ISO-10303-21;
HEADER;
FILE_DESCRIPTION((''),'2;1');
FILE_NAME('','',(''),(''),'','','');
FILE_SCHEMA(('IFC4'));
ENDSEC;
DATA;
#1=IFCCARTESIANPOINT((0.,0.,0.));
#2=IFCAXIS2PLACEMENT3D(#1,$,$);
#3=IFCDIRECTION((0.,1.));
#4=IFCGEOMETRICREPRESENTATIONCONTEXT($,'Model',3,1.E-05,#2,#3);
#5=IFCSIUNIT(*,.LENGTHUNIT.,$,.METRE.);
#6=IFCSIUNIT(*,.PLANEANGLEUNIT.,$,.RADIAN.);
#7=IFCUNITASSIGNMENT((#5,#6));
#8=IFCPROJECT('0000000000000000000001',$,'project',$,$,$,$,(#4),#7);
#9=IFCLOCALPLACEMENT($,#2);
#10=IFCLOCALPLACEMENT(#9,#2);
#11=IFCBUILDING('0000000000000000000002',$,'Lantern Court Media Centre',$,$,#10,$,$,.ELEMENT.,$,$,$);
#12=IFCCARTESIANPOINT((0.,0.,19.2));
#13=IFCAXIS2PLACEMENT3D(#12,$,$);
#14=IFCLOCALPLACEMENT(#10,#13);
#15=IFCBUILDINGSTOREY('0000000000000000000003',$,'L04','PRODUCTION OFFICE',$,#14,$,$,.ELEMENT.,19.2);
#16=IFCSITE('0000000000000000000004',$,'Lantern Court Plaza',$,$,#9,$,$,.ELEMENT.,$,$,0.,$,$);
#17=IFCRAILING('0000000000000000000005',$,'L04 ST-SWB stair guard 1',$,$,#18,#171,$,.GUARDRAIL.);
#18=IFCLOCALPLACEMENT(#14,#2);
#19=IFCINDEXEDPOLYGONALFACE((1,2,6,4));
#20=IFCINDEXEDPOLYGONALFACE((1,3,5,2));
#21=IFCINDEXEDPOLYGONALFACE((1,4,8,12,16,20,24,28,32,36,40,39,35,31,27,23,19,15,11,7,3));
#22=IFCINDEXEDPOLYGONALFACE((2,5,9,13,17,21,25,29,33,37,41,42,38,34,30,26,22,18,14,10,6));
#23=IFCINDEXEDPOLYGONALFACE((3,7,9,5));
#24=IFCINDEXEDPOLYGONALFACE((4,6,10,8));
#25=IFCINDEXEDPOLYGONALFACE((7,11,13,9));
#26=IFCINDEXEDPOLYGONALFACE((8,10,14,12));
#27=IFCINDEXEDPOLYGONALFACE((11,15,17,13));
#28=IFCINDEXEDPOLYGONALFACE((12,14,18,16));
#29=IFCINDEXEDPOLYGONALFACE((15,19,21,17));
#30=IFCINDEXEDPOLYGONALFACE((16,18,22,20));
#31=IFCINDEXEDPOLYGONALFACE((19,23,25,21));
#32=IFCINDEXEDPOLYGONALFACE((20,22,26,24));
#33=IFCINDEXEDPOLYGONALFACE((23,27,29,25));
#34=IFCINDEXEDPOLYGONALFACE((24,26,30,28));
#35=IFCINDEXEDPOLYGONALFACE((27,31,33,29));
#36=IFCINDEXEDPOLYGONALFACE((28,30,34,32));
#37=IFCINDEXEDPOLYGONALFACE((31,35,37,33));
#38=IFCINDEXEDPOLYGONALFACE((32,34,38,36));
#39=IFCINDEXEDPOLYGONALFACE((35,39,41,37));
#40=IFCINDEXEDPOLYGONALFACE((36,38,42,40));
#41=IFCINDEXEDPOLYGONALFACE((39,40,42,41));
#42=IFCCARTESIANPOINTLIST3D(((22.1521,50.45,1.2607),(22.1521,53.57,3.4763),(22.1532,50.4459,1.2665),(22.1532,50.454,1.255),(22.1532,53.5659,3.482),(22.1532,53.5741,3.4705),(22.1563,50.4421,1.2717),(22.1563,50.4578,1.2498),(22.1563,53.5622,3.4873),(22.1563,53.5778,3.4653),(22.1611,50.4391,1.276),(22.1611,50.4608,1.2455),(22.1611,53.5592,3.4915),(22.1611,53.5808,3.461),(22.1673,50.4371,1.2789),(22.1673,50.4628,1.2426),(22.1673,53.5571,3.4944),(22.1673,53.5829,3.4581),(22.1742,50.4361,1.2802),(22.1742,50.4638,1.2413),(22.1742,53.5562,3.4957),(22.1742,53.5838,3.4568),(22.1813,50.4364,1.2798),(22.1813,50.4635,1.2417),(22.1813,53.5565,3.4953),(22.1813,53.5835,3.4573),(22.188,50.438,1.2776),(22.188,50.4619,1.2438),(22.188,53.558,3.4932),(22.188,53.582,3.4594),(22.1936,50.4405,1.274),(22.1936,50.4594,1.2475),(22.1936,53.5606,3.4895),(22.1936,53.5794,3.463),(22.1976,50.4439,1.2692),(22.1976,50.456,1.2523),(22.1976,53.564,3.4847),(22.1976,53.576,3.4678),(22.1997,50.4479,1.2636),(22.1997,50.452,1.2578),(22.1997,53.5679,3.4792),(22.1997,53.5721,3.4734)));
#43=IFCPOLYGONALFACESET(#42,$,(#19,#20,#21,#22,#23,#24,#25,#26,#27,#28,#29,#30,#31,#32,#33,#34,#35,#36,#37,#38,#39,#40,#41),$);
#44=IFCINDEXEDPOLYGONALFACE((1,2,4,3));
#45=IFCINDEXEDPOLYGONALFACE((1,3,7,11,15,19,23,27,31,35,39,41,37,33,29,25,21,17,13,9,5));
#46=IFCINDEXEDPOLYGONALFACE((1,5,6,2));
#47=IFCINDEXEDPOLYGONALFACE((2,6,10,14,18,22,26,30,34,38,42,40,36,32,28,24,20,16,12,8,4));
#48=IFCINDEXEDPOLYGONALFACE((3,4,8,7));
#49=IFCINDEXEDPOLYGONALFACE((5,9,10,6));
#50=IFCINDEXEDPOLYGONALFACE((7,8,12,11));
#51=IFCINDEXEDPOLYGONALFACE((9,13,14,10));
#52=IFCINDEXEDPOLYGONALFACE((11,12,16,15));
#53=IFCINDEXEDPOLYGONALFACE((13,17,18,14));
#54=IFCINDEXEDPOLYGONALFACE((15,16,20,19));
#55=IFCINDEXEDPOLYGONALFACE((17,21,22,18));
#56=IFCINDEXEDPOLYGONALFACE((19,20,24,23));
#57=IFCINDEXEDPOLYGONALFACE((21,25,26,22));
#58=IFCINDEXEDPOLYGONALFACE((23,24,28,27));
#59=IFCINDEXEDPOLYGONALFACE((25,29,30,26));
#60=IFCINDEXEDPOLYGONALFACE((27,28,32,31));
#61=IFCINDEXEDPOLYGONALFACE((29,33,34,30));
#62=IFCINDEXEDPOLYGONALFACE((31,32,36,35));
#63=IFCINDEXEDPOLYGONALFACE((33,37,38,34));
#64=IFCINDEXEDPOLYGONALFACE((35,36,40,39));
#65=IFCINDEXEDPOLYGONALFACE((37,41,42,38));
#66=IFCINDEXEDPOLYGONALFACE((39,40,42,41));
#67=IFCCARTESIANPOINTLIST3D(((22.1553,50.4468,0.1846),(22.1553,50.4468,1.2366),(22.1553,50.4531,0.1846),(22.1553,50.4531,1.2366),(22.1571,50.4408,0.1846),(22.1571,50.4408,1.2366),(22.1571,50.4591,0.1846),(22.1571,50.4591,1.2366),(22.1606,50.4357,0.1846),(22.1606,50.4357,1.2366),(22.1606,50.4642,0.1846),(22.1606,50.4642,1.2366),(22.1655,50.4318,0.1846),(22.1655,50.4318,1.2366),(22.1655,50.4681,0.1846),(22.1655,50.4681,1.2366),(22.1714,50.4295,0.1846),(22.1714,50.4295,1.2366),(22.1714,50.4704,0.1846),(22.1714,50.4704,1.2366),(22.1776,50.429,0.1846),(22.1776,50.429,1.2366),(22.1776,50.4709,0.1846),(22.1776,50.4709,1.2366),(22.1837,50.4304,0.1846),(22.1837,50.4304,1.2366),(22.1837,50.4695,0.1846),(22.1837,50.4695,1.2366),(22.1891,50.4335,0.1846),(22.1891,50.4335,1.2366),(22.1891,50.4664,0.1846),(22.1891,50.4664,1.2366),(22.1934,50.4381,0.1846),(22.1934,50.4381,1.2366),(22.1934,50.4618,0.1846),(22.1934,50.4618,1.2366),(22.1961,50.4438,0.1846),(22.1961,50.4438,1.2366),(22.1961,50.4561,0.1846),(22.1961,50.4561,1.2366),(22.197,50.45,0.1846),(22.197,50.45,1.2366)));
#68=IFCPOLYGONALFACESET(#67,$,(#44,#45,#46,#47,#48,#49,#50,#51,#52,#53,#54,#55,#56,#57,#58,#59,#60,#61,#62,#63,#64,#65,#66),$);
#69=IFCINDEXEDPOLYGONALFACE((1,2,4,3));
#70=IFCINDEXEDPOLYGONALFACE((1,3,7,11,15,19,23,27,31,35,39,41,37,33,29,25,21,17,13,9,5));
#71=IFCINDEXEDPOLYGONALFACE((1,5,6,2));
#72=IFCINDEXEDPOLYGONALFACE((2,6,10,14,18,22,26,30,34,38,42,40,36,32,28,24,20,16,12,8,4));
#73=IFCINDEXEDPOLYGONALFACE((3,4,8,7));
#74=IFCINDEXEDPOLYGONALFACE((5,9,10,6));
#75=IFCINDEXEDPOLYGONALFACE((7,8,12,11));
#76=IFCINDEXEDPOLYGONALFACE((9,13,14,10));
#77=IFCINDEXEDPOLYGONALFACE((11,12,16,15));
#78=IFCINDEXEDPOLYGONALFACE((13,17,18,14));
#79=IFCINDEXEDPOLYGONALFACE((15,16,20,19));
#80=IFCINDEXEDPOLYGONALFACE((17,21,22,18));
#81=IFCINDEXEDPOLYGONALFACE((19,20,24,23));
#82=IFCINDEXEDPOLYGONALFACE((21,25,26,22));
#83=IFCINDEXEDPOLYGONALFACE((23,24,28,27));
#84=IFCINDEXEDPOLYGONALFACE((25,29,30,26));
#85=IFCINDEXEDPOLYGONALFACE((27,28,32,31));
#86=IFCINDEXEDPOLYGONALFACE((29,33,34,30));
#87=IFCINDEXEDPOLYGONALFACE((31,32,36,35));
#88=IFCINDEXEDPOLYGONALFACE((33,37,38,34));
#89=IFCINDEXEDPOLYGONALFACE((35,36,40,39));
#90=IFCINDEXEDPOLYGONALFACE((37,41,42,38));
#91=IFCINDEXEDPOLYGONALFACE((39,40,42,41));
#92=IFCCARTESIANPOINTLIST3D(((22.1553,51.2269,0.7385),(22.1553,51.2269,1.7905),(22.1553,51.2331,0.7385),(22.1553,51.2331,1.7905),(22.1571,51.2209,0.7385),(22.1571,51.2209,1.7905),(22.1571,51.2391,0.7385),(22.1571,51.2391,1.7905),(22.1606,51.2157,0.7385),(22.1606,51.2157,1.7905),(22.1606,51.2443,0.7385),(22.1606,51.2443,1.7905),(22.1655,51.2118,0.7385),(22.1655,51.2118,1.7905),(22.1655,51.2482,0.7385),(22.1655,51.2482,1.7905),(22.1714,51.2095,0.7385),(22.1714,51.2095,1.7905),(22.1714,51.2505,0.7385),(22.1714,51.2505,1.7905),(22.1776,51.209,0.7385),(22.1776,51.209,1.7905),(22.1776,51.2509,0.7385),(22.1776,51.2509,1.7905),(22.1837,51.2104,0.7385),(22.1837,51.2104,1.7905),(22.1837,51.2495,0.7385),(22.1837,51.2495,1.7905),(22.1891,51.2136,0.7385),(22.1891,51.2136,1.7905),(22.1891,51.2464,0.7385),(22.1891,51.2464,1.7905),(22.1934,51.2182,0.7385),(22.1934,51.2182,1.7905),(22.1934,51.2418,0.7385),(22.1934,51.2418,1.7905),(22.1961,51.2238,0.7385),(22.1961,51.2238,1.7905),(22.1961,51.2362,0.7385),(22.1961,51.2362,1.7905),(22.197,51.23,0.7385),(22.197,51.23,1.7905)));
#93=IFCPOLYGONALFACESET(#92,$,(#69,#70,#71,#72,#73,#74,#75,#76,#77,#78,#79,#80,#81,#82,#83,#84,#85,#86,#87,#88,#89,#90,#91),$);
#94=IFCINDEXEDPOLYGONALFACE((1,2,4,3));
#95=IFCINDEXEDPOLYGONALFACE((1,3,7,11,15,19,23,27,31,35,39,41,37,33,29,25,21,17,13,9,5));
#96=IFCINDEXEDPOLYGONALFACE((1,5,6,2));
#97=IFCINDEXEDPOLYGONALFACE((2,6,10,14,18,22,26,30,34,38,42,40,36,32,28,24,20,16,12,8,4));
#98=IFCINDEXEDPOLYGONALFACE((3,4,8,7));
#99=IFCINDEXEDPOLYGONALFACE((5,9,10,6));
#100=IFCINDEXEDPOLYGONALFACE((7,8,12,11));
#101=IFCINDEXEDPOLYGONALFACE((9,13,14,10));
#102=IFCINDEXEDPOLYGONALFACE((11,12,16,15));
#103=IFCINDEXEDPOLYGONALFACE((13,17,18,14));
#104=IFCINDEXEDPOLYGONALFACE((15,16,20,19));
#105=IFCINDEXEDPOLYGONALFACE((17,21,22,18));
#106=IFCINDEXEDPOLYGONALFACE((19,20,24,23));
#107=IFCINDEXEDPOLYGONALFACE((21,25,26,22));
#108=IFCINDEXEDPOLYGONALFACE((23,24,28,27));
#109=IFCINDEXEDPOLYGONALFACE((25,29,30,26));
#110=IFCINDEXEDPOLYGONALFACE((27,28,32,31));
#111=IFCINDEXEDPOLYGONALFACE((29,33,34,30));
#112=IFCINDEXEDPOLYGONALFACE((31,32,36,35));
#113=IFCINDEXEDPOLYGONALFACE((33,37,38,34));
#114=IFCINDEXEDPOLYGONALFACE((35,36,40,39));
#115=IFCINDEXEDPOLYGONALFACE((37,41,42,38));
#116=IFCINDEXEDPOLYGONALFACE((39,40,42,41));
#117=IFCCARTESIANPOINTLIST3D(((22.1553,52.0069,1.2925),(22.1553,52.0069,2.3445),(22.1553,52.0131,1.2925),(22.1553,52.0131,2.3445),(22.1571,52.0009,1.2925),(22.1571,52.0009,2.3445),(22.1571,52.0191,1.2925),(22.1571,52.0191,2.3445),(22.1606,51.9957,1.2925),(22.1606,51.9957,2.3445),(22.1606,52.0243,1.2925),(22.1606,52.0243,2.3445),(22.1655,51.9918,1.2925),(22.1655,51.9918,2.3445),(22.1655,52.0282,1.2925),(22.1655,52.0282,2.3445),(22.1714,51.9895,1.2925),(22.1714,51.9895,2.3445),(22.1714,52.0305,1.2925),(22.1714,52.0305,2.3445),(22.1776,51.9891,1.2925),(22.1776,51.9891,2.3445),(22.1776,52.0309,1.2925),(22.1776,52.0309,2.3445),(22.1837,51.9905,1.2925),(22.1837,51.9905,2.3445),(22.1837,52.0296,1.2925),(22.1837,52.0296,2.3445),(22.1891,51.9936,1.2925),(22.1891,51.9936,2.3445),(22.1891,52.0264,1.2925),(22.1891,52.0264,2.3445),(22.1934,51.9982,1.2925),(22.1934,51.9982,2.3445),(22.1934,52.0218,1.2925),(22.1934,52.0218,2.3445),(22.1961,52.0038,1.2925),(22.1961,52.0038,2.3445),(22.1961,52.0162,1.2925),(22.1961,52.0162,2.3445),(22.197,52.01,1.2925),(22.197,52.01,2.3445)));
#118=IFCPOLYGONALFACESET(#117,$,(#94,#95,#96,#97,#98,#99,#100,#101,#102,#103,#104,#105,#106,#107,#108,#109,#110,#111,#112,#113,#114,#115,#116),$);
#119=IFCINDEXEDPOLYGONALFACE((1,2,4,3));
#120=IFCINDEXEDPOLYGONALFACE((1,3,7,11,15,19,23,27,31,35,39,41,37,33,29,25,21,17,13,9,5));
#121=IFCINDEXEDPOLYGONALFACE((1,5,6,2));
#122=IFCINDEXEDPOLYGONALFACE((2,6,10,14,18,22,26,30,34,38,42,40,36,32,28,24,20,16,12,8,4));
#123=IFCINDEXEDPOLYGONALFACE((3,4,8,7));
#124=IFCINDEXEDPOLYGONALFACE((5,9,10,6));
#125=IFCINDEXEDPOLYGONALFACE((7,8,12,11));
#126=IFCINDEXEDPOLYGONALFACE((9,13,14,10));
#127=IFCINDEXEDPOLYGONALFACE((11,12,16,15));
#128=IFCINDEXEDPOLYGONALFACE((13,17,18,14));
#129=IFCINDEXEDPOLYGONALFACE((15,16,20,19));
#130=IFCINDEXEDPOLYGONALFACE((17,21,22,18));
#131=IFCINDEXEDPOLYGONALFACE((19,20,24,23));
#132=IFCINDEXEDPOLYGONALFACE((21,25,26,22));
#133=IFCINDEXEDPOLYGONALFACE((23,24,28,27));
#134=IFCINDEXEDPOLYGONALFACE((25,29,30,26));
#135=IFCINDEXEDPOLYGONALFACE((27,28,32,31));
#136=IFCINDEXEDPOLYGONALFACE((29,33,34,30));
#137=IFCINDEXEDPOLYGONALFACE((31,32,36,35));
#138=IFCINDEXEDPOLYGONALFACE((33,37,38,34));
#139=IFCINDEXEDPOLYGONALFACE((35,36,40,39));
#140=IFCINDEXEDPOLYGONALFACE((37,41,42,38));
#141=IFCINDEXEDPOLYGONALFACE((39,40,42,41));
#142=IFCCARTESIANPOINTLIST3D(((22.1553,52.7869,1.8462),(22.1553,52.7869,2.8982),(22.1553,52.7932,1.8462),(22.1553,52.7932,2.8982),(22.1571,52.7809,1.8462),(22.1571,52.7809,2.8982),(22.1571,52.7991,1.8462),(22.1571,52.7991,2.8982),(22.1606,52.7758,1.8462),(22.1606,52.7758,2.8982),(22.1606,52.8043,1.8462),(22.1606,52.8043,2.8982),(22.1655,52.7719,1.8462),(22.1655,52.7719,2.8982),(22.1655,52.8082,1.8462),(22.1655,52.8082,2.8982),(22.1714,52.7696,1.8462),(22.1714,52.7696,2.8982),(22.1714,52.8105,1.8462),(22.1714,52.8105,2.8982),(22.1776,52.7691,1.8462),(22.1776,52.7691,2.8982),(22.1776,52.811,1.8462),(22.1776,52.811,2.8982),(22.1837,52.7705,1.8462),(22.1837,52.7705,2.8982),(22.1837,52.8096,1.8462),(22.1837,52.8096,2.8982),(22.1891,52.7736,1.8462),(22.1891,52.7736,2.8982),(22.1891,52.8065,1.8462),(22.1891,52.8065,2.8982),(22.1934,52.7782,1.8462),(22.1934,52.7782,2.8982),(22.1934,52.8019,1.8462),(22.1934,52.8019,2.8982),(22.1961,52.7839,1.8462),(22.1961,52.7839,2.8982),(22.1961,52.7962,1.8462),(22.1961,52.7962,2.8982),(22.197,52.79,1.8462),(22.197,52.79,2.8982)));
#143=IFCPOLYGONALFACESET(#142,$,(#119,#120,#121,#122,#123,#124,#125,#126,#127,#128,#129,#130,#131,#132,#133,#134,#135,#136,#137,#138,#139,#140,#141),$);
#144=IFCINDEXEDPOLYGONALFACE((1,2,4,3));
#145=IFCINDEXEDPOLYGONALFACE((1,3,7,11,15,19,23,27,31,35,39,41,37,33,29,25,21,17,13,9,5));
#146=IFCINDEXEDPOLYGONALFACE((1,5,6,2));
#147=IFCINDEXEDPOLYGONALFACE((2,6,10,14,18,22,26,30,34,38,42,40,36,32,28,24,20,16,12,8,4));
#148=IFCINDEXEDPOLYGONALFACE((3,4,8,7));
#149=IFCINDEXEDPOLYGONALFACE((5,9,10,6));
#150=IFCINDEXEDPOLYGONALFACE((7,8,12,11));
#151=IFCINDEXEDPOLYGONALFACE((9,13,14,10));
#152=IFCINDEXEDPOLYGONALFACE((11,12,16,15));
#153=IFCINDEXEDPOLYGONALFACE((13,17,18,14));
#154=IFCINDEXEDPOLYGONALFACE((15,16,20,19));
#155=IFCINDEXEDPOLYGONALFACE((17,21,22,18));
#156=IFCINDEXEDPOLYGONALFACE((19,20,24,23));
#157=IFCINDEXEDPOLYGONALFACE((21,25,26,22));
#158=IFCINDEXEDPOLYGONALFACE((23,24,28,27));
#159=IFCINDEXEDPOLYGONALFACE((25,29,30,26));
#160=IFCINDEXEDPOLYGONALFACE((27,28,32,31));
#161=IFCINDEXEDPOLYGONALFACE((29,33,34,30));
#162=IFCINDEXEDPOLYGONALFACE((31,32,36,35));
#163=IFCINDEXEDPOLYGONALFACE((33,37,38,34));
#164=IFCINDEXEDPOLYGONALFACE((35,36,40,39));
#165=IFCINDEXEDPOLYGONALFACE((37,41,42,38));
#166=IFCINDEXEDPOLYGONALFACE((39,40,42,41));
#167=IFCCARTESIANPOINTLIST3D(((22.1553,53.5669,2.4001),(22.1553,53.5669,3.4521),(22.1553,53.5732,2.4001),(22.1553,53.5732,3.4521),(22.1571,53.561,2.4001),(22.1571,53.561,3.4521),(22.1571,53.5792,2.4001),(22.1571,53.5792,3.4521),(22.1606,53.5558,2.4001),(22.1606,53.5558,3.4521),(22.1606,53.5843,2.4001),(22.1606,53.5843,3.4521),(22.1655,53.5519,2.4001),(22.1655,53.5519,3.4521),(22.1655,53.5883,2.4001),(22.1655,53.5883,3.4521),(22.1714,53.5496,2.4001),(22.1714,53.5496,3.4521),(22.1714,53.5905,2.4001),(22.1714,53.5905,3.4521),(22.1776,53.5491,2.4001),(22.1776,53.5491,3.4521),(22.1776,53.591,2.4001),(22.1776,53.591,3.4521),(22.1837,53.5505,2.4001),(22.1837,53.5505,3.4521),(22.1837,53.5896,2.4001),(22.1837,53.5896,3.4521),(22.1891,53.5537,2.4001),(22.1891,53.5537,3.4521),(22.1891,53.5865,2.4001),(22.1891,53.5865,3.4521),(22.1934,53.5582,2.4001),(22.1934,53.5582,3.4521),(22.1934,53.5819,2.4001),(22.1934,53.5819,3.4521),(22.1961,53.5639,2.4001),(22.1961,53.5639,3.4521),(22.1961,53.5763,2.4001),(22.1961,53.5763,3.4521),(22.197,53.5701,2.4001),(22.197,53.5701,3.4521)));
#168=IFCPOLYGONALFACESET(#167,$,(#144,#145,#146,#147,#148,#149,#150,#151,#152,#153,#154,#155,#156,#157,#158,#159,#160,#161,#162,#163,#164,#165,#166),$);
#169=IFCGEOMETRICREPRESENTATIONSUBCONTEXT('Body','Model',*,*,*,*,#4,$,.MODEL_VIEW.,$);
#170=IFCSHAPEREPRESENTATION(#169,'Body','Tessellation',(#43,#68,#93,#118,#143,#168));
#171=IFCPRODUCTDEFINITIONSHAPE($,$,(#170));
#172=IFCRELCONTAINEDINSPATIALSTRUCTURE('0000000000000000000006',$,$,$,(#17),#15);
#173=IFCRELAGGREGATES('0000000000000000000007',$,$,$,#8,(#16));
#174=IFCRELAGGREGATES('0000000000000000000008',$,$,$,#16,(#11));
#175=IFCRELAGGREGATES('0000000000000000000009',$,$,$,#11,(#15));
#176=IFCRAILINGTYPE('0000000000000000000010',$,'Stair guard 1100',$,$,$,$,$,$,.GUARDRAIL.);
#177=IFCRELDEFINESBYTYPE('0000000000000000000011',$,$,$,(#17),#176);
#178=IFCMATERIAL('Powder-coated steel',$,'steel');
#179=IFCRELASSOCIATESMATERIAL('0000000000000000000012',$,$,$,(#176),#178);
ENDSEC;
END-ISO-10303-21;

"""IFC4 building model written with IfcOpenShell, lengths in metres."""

from ifc_helpers import new_model, si_unit, direction, frame, origin, origin_2d, place, context, subcontext, project, spatial, circle, extrude, material, type_object, element, save


model = new_model("IFC4")

# Units and contexts
model_context = context("Model", 3, precision=1e-05, world=origin(), true_north=direction((0.0, 1.0)))
body_context = subcontext(model_context, "Body", "Model", "MODEL_VIEW")
ifc_project = project(units=[si_unit("LENGTHUNIT", "METRE"), si_unit("PLANEANGLEUNIT", "RADIAN")], contexts=[model_context])

# Site, building, storey
site_placement = place(None, origin())
site = spatial("IfcSite", under=ifc_project, at=site_placement, Name="Lantern Court Plaza", CompositionType="ELEMENT", RefElevation=0.0)
building_placement = place(site_placement, origin())
building = spatial("IfcBuilding", under=site, at=building_placement, Name="Lantern Court Media Centre", CompositionType="ELEMENT")
storey_placement = place(building_placement, frame((0.0, 0.0, 19.2)))
storey = spatial("IfcBuildingStorey", under=building, at=storey_placement, Name="L04", Description="PRODUCTION OFFICE", CompositionType="ELEMENT", Elevation=19.2)

# Railing
ifc_material_1 = material(Name="Powder-coated steel", Category="steel")
railing_type_1 = type_object("IfcRailingType", Name="Stair guard 1100", PredefinedType="GUARDRAIL", material=ifc_material_1)
railing_1_placement = place(storey_placement, frame((22.176, 50.45, 0.1846)))
element("IfcRailing", 1, at=railing_1_placement, inside=storey, type_object=railing_type_1, Name="L04 ST-SWB stair guard 1", PredefinedType="GUARDRAIL", context=body_context, shape_type="SweptSolid", body=[
    extrude(circle(Radius=0.0239, at=origin_2d()), frame((0.0, 0.0, 1.0762), z_axis=(0.0, 0.815347, 0.578973), x_axis=(-1.0, 0.0, 0.0)), (0.0, 0.0, 1.0), 3.8267),
    extrude(circle(Radius=0.021, at=origin_2d()), origin(), (0.0, 0.0, 1.0), 1.052),
    extrude(circle(Radius=0.021, at=origin_2d()), frame((0.0, 0.78, 0.554)), (0.0, 0.0, 1.0), 1.052),
    extrude(circle(Radius=0.021, at=origin_2d()), frame((0.0, 1.5601, 1.1079)), (0.0, 0.0, 1.0), 1.052),
    extrude(circle(Radius=0.021, at=origin_2d()), frame((0.0, 2.3401, 1.6616)), (0.0, 0.0, 1.0), 1.052),
    extrude(circle(Radius=0.021, at=origin_2d()), frame((0.0, 3.1201, 2.2156)), (0.0, 0.0, 1.0), 1.052),
])

save(model, "model.ifc")
